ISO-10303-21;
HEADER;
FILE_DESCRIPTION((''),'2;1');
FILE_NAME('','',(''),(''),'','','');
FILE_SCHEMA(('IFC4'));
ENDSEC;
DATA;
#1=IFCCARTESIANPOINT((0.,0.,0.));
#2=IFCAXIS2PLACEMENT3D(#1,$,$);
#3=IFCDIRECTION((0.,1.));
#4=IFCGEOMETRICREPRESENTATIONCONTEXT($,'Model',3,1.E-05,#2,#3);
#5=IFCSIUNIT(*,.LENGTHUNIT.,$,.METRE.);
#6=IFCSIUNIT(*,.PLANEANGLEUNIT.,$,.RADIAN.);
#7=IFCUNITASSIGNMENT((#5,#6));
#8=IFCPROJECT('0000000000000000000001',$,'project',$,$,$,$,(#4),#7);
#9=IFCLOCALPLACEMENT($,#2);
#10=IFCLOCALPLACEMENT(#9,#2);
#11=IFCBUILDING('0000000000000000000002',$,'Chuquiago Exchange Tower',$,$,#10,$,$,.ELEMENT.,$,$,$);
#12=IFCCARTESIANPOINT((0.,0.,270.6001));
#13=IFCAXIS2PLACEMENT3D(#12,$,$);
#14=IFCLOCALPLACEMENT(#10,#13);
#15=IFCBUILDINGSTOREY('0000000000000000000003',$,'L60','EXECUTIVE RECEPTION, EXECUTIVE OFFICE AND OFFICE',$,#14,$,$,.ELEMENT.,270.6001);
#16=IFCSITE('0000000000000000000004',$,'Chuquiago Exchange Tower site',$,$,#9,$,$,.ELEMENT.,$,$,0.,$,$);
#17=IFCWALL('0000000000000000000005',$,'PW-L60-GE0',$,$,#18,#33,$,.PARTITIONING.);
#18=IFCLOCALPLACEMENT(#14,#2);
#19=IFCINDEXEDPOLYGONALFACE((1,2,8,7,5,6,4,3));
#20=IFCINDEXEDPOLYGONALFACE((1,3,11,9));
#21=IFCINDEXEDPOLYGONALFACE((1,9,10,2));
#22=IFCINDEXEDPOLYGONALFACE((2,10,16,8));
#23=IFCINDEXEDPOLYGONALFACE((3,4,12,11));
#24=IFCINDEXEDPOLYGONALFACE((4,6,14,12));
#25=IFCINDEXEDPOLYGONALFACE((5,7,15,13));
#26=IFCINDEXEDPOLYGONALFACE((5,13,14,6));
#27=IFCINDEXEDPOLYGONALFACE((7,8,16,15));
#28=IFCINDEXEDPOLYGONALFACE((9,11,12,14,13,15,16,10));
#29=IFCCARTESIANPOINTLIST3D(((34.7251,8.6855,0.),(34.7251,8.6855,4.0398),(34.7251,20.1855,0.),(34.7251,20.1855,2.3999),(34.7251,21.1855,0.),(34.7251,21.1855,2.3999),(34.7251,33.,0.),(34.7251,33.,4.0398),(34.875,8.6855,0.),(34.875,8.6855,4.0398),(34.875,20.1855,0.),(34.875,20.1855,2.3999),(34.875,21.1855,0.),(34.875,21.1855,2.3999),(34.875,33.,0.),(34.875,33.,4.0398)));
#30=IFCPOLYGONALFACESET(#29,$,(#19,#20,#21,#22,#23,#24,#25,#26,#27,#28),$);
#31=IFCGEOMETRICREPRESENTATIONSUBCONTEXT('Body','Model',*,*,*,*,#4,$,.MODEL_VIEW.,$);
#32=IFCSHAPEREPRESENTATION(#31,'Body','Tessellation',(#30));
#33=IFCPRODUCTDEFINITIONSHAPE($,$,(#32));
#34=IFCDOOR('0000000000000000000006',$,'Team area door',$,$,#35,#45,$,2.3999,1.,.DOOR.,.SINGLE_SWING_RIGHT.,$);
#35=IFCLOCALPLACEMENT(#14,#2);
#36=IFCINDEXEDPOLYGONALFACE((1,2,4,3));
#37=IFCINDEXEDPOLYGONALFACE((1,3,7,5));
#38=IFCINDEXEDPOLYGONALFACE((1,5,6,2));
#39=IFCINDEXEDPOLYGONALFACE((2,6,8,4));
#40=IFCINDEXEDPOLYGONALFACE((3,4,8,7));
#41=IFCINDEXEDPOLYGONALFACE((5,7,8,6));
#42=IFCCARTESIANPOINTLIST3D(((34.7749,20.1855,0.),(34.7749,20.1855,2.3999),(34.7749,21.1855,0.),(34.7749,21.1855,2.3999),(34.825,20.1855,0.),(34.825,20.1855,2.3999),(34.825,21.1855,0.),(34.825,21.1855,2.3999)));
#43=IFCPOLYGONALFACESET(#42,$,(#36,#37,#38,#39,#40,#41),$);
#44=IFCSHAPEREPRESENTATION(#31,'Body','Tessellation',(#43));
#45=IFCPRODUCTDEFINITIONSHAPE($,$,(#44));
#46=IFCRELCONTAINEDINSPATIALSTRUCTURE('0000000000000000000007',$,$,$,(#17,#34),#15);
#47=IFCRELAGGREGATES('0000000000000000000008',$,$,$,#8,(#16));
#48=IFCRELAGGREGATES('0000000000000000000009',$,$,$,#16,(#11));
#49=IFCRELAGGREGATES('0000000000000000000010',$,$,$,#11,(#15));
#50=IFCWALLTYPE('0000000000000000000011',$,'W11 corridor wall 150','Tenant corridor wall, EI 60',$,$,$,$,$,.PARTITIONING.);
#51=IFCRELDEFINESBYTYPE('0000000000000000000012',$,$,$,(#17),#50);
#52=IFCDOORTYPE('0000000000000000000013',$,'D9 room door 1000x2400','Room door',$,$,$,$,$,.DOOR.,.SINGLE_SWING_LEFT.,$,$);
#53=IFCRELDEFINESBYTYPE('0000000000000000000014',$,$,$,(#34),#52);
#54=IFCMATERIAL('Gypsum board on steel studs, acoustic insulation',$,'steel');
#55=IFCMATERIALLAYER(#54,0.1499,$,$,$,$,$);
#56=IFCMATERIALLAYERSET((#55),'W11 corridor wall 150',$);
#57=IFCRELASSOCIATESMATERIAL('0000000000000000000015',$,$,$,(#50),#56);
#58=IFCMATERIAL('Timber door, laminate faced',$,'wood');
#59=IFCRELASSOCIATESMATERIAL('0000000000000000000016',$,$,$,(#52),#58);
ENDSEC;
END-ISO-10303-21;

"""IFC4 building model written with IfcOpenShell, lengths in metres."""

from ifc_helpers import new_model, si_unit, direction, frame, frame_2d, origin, place, context, subcontext, project, spatial, rectangle, extrude, material, layer, layer_set, type_object, element, fill, save


model = new_model("IFC4")

# Units and contexts
model_context = context("Model", 3, precision=1e-05, world=origin(), true_north=direction((0.0, 1.0)))
body_context = subcontext(model_context, "Body", "Model", "MODEL_VIEW")
ifc_project = project(units=[si_unit("LENGTHUNIT", "METRE"), si_unit("PLANEANGLEUNIT", "RADIAN")], contexts=[model_context])

# Site, building, storey
site_placement = place(None, origin())
site = spatial("IfcSite", under=ifc_project, at=site_placement, Name="Chuquiago Exchange Tower site", CompositionType="ELEMENT", RefElevation=0.0)
building_placement = place(site_placement, origin())
building = spatial("IfcBuilding", under=site, at=building_placement, Name="Chuquiago Exchange Tower", CompositionType="ELEMENT")
storey_placement = place(building_placement, frame((0.0, 0.0, 270.6001)))
storey = spatial("IfcBuildingStorey", under=building, at=storey_placement, Name="L60", Description="EXECUTIVE RECEPTION, EXECUTIVE OFFICE AND OFFICE", CompositionType="ELEMENT", Elevation=270.6001)

# Wall, opening, door
ifc_material_1 = material(Name="Gypsum board on steel studs, acoustic insulation", Category="steel")
ifc_layer_1 = layer(ifc_material_1, 0.1499)
ifc_layer_set_1 = layer_set([ifc_layer_1], Name="W11 corridor wall 150")
wall_type_1 = type_object("IfcWallType", Name="W11 corridor wall 150", Description="Tenant corridor wall, EI 60", PredefinedType="PARTITIONING", material=ifc_layer_set_1)
wall_1_placement = place(storey_placement, frame((34.8, 8.6855, 0.0), z_axis=(0.0, 0.0, 1.0), x_axis=(0.0, 1.0, 0.0)))
wall_1 = element("IfcWall", 1, at=wall_1_placement, inside=storey, type_object=wall_type_1, Name="PW-L60-GE0", PredefinedType="PARTITIONING", context=body_context, shape_type="SweptSolid", body=[
    extrude(rectangle(XDim=24.3145, YDim=0.1499, at=frame_2d((12.1572, 0.0))), origin(), (0.0, 0.0, 1.0), 4.0398),
])
opening_1_placement = place(wall_1_placement, frame((11.5, 0.0, 0.0)))
opening_1 = element("IfcOpeningElement", 2, at=opening_1_placement, cuts=wall_1, PredefinedType="OPENING", context=body_context, shape_type="SweptSolid", body=[
    extrude(rectangle(XDim=1.0, YDim=2.3999, at=frame_2d((0.5, 1.2))), frame((0.0, 0.085, 0.0), z_axis=(0.0, -1.0, 0.0), x_axis=(1.0, 0.0, 0.0)), (0.0, 0.0, 1.0), 0.1699),
])
ifc_material_2 = material(Name="Timber door, laminate faced", Category="wood")
door_type_1 = type_object("IfcDoorType", Name="D9 room door 1000x2400", Description="Room door", OperationType="SINGLE_SWING_LEFT", PredefinedType="DOOR", material=ifc_material_2)
door_1_placement = place(opening_1_placement, frame((1.0, 0.0, 0.0), z_axis=(0.0, 0.0, 1.0), x_axis=(-1.0, 0.0, 0.0)))
door_1 = element("IfcDoor", 3, at=door_1_placement, inside=storey, type_object=door_type_1, Name="Team area door", OperationType="SINGLE_SWING_RIGHT", OverallHeight=2.3999, OverallWidth=1.0, PredefinedType="DOOR", context=body_context, shape_type="SweptSolid", body=[
    extrude(rectangle(XDim=1.0, YDim=2.3999, at=frame_2d((0.5, 1.2))), frame((0.0, 0.0249, 0.0), z_axis=(0.0, -1.0, 0.0), x_axis=(1.0, 0.0, 0.0)), (0.0, 0.0, 1.0), 0.05),
])
fill(opening_1, door_1)

save(model, "model.ifc")
